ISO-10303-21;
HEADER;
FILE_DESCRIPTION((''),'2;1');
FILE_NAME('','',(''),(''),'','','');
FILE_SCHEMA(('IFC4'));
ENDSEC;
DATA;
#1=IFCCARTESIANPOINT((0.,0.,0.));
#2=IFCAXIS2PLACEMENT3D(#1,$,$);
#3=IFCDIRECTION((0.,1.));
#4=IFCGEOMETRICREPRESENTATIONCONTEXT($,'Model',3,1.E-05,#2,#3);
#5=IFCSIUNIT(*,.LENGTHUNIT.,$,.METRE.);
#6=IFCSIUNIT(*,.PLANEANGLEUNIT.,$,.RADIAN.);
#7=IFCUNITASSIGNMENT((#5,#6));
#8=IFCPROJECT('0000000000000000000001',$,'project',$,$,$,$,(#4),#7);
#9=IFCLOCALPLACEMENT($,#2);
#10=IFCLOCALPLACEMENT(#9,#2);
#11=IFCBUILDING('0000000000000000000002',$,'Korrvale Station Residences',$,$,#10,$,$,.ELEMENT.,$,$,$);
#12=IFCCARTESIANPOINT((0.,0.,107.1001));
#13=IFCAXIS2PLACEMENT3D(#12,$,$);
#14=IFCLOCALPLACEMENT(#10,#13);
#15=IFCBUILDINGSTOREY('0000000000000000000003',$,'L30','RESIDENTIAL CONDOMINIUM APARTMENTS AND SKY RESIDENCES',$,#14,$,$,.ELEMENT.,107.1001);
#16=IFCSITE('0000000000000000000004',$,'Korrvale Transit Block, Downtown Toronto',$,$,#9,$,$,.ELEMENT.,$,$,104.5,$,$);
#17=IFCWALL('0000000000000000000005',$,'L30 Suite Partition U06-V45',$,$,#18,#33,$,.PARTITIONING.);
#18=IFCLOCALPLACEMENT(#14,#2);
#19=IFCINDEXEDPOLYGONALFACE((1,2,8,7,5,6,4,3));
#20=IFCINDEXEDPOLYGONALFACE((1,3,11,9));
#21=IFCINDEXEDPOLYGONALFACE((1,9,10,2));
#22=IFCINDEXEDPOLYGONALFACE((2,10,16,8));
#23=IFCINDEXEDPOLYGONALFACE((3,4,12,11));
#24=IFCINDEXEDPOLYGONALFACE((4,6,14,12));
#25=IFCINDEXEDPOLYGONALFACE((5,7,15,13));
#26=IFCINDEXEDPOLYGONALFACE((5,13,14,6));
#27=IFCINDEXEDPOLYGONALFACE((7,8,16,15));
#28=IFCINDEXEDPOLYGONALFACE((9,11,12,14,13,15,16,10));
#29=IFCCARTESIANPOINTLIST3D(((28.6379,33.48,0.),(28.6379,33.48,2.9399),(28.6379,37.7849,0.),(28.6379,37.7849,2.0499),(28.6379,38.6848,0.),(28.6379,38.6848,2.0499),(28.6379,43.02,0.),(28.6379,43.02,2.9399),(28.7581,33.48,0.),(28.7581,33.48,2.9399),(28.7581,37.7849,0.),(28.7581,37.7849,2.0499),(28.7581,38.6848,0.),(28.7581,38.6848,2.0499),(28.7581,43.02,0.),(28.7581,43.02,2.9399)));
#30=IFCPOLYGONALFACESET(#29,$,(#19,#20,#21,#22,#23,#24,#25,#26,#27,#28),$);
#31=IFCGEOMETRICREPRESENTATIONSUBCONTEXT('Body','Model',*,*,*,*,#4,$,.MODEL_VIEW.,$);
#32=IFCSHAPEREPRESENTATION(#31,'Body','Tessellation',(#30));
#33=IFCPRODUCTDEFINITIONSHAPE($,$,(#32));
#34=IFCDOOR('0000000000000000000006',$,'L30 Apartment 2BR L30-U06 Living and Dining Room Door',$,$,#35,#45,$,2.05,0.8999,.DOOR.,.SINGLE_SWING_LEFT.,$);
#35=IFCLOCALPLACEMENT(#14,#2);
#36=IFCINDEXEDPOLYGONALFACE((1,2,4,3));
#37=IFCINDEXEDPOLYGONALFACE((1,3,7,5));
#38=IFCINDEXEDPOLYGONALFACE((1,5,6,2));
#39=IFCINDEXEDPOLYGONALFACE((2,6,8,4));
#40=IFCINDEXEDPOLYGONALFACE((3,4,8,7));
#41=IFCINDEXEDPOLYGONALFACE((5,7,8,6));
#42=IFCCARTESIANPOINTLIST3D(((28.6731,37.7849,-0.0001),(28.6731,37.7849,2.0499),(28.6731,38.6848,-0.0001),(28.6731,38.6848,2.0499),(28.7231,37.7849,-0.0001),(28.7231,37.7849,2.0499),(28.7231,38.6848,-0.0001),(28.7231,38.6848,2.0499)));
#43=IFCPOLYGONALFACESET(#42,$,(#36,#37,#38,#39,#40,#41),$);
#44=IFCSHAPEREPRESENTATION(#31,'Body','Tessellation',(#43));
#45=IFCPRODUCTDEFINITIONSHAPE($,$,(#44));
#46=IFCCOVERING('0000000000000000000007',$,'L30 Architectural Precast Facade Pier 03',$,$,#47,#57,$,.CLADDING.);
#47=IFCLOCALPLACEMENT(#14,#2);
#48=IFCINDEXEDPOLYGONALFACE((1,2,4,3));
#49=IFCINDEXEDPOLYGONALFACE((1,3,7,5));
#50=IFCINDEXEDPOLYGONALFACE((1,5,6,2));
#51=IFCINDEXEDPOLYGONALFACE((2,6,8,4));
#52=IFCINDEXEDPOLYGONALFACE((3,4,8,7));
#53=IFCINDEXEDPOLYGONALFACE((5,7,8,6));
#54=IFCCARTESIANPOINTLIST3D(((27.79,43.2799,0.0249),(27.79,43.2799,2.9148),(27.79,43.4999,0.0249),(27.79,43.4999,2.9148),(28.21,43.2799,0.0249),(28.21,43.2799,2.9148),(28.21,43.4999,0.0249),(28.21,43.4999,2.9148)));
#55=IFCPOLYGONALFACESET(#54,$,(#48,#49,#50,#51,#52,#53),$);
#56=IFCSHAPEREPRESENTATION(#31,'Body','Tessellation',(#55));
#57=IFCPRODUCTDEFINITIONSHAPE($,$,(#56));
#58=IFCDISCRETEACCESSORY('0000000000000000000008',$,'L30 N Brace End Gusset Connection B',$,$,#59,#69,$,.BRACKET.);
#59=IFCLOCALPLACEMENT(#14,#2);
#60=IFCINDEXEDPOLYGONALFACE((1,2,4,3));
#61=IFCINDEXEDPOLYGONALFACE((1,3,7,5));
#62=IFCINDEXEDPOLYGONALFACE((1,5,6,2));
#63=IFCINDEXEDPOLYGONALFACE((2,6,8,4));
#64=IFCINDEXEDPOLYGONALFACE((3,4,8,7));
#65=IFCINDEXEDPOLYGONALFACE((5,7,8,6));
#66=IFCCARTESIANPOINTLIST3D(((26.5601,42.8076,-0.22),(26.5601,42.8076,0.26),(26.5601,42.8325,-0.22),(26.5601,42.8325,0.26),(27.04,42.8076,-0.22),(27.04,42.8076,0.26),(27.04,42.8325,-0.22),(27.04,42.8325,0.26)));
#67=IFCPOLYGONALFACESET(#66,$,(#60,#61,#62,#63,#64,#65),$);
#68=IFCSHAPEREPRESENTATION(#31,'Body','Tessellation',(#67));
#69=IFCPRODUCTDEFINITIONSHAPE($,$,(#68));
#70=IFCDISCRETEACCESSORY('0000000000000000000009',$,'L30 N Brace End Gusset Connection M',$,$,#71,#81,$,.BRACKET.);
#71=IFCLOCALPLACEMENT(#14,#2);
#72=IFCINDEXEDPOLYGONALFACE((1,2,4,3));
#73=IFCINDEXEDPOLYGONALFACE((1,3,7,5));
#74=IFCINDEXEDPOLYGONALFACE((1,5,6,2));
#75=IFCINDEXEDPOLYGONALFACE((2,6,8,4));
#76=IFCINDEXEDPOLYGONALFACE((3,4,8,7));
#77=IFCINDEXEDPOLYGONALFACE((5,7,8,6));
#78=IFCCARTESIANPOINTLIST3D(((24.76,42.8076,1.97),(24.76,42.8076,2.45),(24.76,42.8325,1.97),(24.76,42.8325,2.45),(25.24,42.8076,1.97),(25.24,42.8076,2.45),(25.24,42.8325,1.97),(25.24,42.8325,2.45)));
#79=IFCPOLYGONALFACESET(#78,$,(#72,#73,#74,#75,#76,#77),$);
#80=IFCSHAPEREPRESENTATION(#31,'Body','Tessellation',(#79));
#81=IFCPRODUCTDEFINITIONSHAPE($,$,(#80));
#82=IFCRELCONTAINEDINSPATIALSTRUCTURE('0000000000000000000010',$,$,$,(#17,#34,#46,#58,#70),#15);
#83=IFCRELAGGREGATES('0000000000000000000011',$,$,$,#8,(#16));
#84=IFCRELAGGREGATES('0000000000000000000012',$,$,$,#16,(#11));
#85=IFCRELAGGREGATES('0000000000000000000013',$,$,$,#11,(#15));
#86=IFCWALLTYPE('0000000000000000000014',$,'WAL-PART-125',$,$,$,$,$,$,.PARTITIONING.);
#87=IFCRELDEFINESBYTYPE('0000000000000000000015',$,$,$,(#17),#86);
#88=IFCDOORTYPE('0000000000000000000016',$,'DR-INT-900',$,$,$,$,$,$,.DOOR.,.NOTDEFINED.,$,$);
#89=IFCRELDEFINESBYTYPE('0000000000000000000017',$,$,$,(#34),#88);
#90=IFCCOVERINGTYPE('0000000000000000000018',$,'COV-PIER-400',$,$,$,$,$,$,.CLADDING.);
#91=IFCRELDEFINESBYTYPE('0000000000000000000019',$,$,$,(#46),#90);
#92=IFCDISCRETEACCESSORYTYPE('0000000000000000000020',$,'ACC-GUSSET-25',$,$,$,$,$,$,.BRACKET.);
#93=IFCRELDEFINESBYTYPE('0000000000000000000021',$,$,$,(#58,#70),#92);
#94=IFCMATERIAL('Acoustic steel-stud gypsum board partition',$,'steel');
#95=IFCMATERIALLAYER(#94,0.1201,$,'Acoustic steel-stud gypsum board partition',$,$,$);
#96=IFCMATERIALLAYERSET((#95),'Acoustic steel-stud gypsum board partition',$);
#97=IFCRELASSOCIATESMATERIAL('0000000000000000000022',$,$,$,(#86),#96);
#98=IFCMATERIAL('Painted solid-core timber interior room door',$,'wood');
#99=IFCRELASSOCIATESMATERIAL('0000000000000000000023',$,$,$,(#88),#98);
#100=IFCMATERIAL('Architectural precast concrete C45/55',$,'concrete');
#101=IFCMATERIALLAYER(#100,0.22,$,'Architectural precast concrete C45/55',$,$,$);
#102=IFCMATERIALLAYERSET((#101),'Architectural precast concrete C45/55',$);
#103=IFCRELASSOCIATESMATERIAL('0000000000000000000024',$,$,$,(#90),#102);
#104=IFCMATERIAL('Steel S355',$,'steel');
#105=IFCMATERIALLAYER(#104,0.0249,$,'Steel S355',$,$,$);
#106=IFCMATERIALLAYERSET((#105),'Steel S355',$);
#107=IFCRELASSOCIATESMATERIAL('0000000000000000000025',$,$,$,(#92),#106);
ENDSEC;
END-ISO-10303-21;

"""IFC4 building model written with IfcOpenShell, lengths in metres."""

from ifc_helpers import new_model, si_unit, direction, frame, frame_2d, origin, origin_2d, place, context, subcontext, project, spatial, rectangle, extrude, material, layer, layer_set, type_object, element, fill, save


model = new_model("IFC4")

# Units and contexts
model_context = context("Model", 3, precision=1e-05, world=origin(), true_north=direction((0.0, 1.0)))
body_context = subcontext(model_context, "Body", "Model", "MODEL_VIEW")
ifc_project = project(units=[si_unit("LENGTHUNIT", "METRE"), si_unit("PLANEANGLEUNIT", "RADIAN")], contexts=[model_context])

# Site, building, storey
site_placement = place(None, origin())
site = spatial("IfcSite", under=ifc_project, at=site_placement, Name="Korrvale Transit Block, Downtown Toronto", CompositionType="ELEMENT", RefElevation=104.5)
building_placement = place(site_placement, origin())
building = spatial("IfcBuilding", under=site, at=building_placement, Name="Korrvale Station Residences", CompositionType="ELEMENT")
storey_placement = place(building_placement, frame((0.0, 0.0, 107.1001)))
storey = spatial("IfcBuildingStorey", under=building, at=storey_placement, Name="L30", Description="RESIDENTIAL CONDOMINIUM APARTMENTS AND SKY RESIDENCES", CompositionType="ELEMENT", Elevation=107.1001)

# Shared definitions
ifc_material_1 = material(Name="Steel S355", Category="steel")

# Shared definitions
ifc_material_2 = material(Name="Acoustic steel-stud gypsum board partition", Category="steel")
ifc_layer_1 = layer(ifc_material_2, 0.1201, Name="Acoustic steel-stud gypsum board partition")
ifc_layer_set_1 = layer_set([ifc_layer_1], Name="Acoustic steel-stud gypsum board partition")
wall_type = type_object("IfcWallType", Name="WAL-PART-125", PredefinedType="PARTITIONING", material=ifc_layer_set_1)
ifc_material_3 = material(Name="Painted solid-core timber interior room door", Category="wood")
door_type = type_object("IfcDoorType", Name="DR-INT-900", OperationType="NOTDEFINED", PredefinedType="DOOR", material=ifc_material_3)

# Wall, opening, door
wall_1_placement = place(storey_placement, frame((28.698, 33.48, 0.0), z_axis=(0.0, 0.0, 1.0), x_axis=(0.0, 1.0, 0.0)))
wall_1 = element("IfcWall", 1, at=wall_1_placement, inside=storey, type_object=wall_type, Name="L30 Suite Partition U06-V45", PredefinedType="PARTITIONING", context=body_context, shape_type="SweptSolid", body=[
    extrude(rectangle(XDim=9.54, YDim=0.1201, at=frame_2d((4.77, 0.0))), origin(), (0.0, 0.0, 1.0), 2.9399),
])
opening_1_placement = place(wall_1_placement, frame((4.3049, 0.0, 0.0)))
opening_1 = element("IfcOpeningElement", 2, at=opening_1_placement, cuts=wall_1, PredefinedType="OPENING", context=body_context, shape_type="SweptSolid", body=[
    extrude(rectangle(XDim=0.8999, YDim=2.05, at=frame_2d((0.45, 1.0249))), frame((0.0, 0.0701, 0.0), z_axis=(0.0, -1.0, 0.0), x_axis=(1.0, 0.0, 0.0)), (0.0, 0.0, 1.0), 0.1401),
])
door_1_placement = place(opening_1_placement, origin())
door_1 = element("IfcDoor", 3, at=door_1_placement, inside=storey, type_object=door_type, Name="L30 Apartment 2BR L30-U06 Living and Dining Room Door", OperationType="SINGLE_SWING_LEFT", OverallHeight=2.05, OverallWidth=0.8999, PredefinedType="DOOR", context=body_context, shape_type="SweptSolid", body=[
    extrude(rectangle(XDim=0.8999, YDim=2.05, at=frame_2d((0.45, 1.0249))), frame((0.0, 0.0249, 0.0), z_axis=(0.0, -1.0, 0.0), x_axis=(1.0, 0.0, 0.0)), (0.0, 0.0, 1.0), 0.05),
])
fill(opening_1, door_1)

# Covering
ifc_material_4 = material(Name="Architectural precast concrete C45/55", Category="concrete")
ifc_layer_2 = layer(ifc_material_4, 0.22, Name="Architectural precast concrete C45/55")
ifc_layer_set_2 = layer_set([ifc_layer_2], Name="Architectural precast concrete C45/55")
covering_type = type_object("IfcCoveringType", Name="COV-PIER-400", PredefinedType="CLADDING", material=ifc_layer_set_2)
covering_placement = place(storey_placement, frame((28.0, 43.3899, 0.0249), z_axis=(0.0, 0.0, 1.0), x_axis=(1.0, 0.0, 0.0)))
element("IfcCovering", 4, at=covering_placement, inside=storey, type_object=covering_type, Name="L30 Architectural Precast Facade Pier 03", PredefinedType="CLADDING", context=body_context, shape_type="SweptSolid", body=[
    extrude(rectangle(XDim=0.4199, YDim=0.22, at=origin_2d()), origin(), (0.0, 0.0, 1.0), 2.8899),
])

# Discrete accessories
ifc_layer_3 = layer(ifc_material_1, 0.0249, Name="Steel S355")
ifc_layer_set_3 = layer_set([ifc_layer_3], Name="Steel S355")
discrete_accessory_type = type_object("IfcDiscreteAccessoryType", Name="ACC-GUSSET-25", PredefinedType="BRACKET", material=ifc_layer_set_3)
for number, where, z_axis, x_axis, name in (
    (5, (26.8, 42.8201, -0.22), (0.0, 0.0, 1.0), (1.0, 0.0, 0.0), "L30 N Brace End Gusset Connection B"),
    (6, (25.0, 42.8201, 1.97), (0.0, 0.0, 1.0), (1.0, 0.0, 0.0), "L30 N Brace End Gusset Connection M"),
):
    element("IfcDiscreteAccessory", number, at=place(storey_placement, frame(where, z_axis=z_axis, x_axis=x_axis)), inside=storey, type_object=discrete_accessory_type, Name=name, PredefinedType="BRACKET", context=body_context, shape_type="SweptSolid", body=[
        extrude(rectangle(XDim=0.48, YDim=0.0249, at=origin_2d()), origin(), (0.0, 0.0, 1.0), 0.48),
    ])

save(model, "model.ifc")
